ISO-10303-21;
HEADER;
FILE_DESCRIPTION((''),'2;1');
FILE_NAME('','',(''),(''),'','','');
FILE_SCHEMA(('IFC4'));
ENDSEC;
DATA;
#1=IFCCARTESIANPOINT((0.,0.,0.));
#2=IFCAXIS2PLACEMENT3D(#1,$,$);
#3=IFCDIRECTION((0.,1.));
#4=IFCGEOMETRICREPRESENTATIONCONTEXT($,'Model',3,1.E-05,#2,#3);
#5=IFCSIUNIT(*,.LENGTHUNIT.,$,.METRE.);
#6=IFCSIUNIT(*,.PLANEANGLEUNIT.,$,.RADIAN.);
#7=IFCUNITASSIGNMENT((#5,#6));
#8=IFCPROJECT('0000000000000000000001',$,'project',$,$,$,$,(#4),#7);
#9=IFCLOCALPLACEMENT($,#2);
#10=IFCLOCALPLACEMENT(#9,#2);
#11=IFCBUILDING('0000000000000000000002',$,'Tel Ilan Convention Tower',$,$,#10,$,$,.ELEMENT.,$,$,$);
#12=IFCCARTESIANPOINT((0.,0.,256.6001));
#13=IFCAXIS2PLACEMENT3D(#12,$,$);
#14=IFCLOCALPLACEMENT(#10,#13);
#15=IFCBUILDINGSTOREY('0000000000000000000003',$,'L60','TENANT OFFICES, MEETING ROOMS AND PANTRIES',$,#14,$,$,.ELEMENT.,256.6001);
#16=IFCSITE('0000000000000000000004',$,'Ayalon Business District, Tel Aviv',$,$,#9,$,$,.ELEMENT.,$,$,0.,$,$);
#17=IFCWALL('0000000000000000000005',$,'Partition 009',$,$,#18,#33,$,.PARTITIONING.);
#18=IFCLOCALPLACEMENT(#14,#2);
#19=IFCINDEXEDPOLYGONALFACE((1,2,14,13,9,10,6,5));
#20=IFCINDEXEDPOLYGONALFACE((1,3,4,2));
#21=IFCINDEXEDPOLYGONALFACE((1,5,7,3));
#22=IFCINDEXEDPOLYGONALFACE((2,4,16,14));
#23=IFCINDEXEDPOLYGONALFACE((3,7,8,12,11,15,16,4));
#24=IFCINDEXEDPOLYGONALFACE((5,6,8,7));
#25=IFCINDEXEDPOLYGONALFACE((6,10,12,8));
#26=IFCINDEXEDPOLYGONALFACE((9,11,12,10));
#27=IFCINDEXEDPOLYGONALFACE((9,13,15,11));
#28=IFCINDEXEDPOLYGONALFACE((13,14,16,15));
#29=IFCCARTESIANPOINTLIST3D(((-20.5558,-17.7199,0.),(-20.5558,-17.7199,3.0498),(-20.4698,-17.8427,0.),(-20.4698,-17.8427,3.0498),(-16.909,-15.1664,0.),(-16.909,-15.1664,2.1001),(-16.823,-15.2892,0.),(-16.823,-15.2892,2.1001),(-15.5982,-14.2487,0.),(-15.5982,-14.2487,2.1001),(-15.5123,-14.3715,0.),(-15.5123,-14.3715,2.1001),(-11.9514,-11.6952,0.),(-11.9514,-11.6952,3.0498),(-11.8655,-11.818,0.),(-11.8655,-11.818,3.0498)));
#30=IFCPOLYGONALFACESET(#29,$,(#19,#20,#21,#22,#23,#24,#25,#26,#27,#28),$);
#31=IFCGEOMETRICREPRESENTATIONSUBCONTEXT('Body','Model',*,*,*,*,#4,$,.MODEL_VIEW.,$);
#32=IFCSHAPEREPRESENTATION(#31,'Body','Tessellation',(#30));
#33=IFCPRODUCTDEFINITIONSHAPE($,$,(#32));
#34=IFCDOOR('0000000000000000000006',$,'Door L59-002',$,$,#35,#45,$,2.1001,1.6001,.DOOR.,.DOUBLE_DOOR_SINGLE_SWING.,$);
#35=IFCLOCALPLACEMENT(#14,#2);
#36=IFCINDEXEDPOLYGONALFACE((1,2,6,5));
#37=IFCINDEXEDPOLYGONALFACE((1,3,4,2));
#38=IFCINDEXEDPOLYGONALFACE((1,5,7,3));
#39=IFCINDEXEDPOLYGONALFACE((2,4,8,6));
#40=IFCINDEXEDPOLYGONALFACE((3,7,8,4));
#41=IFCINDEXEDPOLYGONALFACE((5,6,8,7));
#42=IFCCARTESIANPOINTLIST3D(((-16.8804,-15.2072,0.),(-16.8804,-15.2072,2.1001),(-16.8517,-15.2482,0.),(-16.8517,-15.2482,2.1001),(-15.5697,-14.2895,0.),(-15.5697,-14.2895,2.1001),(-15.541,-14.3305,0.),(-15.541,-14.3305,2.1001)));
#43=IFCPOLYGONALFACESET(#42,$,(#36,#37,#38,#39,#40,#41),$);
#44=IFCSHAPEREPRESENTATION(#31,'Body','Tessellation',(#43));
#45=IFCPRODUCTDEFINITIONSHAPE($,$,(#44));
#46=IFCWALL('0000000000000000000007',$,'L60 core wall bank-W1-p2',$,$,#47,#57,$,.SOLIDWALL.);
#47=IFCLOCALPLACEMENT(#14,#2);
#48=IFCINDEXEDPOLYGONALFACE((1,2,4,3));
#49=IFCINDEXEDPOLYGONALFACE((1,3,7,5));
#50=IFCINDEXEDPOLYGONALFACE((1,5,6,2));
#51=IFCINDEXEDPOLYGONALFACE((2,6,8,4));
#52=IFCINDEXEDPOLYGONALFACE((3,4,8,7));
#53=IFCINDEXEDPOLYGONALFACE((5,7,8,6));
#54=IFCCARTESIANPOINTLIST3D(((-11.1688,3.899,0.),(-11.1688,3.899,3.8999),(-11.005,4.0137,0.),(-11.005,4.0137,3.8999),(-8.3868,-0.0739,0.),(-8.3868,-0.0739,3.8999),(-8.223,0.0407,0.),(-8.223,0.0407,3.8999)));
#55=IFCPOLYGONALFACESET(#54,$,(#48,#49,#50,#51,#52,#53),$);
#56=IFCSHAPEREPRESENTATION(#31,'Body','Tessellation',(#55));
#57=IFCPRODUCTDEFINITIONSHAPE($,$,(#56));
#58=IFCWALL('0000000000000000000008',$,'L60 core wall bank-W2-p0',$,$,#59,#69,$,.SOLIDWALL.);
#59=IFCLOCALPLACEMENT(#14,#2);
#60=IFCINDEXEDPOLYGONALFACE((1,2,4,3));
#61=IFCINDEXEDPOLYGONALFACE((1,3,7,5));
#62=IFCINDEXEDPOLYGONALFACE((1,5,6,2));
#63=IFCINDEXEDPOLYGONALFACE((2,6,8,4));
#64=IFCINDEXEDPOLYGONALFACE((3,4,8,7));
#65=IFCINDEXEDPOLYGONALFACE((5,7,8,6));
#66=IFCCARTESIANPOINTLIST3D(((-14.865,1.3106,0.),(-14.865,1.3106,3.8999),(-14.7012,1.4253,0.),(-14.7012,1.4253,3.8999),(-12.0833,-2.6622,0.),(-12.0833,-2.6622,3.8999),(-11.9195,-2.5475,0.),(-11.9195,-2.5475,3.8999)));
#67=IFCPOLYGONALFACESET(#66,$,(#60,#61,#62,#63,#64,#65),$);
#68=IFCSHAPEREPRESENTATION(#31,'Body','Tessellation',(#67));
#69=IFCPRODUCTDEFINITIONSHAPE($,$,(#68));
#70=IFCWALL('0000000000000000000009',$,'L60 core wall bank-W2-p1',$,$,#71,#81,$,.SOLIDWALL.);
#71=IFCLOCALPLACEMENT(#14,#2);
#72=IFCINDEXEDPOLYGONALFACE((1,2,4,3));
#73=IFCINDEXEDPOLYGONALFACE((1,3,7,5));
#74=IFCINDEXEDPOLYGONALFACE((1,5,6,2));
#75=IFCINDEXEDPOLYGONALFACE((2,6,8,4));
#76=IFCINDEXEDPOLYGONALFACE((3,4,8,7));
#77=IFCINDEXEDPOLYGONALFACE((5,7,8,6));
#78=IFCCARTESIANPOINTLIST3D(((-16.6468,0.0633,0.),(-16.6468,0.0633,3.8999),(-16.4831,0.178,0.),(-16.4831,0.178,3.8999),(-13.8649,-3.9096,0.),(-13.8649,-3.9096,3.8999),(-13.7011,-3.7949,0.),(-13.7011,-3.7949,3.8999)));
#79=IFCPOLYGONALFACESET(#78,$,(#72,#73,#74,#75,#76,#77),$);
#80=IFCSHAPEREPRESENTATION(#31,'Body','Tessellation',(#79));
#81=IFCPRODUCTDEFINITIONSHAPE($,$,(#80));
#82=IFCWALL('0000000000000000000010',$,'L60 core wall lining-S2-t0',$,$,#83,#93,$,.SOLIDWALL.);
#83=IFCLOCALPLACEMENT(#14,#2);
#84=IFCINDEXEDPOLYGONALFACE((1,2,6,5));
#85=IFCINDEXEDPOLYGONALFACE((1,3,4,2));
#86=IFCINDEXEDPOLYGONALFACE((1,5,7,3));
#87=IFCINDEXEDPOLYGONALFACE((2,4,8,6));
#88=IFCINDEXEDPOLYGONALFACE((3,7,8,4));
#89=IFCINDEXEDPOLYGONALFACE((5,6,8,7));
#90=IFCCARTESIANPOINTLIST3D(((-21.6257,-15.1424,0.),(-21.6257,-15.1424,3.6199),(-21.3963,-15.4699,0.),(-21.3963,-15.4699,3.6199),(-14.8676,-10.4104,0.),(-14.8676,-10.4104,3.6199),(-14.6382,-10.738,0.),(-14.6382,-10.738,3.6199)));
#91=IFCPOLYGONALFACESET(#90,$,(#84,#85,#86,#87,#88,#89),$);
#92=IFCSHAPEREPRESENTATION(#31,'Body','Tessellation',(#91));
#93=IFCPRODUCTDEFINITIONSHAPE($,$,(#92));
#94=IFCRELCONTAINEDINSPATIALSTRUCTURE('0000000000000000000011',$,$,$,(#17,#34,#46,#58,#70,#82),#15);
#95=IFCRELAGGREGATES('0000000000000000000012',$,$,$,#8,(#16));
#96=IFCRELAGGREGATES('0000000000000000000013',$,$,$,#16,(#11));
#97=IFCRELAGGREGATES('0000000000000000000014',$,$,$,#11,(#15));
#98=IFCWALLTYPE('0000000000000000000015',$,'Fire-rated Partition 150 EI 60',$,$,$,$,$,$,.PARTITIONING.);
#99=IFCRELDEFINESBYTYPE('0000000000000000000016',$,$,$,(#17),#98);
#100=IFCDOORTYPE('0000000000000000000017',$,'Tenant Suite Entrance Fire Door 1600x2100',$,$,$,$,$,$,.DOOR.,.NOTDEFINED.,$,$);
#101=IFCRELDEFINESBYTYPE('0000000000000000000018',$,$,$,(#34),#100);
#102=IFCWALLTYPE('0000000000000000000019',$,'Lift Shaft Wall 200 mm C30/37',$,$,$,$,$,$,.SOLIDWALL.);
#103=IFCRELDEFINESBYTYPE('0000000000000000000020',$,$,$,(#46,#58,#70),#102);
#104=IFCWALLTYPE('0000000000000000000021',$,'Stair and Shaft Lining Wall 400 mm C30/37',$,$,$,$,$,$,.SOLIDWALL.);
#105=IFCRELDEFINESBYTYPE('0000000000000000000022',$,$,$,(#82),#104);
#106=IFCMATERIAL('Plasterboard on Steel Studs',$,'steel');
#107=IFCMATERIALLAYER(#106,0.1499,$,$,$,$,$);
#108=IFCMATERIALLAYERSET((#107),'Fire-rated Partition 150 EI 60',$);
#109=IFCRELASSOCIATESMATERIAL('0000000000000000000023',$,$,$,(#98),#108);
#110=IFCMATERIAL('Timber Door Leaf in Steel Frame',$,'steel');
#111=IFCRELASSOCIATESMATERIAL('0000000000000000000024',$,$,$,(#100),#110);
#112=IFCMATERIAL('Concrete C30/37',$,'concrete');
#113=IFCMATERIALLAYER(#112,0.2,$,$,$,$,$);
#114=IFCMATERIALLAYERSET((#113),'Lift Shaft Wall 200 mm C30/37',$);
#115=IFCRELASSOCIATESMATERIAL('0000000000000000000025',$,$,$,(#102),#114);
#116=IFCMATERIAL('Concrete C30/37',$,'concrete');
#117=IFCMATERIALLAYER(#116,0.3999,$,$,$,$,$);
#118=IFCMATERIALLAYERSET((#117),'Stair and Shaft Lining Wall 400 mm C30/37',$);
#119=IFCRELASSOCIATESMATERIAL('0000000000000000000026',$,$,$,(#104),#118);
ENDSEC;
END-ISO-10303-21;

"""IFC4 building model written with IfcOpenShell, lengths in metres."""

from ifc_helpers import new_model, si_unit, direction, frame, frame_2d, origin, place, context, subcontext, project, spatial, rectangle, extrude, material, layer, layer_set, type_object, element, fill, save


model = new_model("IFC4")

# Units and contexts
model_context = context("Model", 3, precision=1e-05, world=origin(), true_north=direction((0.0, 1.0)))
body_context = subcontext(model_context, "Body", "Model", "MODEL_VIEW")
ifc_project = project(units=[si_unit("LENGTHUNIT", "METRE"), si_unit("PLANEANGLEUNIT", "RADIAN")], contexts=[model_context])

# Site, building, storey
site_placement = place(None, origin())
site = spatial("IfcSite", under=ifc_project, at=site_placement, Name="Ayalon Business District, Tel Aviv", CompositionType="ELEMENT", RefElevation=0.0)
building_placement = place(site_placement, origin())
building = spatial("IfcBuilding", under=site, at=building_placement, Name="Tel Ilan Convention Tower", CompositionType="ELEMENT")
storey_placement = place(building_placement, frame((0.0, 0.0, 256.6001)))
storey = spatial("IfcBuildingStorey", under=building, at=storey_placement, Name="L60", Description="TENANT OFFICES, MEETING ROOMS AND PANTRIES", CompositionType="ELEMENT", Elevation=256.6001)

# Wall, opening, door
ifc_material_1 = material(Name="Plasterboard on Steel Studs", Category="steel")
ifc_layer_1 = layer(ifc_material_1, 0.1499)
ifc_layer_set_1 = layer_set([ifc_layer_1], Name="Fire-rated Partition 150 EI 60")
wall_type_1 = type_object("IfcWallType", Name="Fire-rated Partition 150 EI 60", PredefinedType="PARTITIONING", material=ifc_layer_set_1)
ifc_material_2 = material(Name="Timber Door Leaf in Steel Frame", Category="steel")
door_type_1 = type_object("IfcDoorType", Name="Tenant Suite Entrance Fire Door 1600x2100", OperationType="NOTDEFINED", PredefinedType="DOOR", material=ifc_material_2)
wall_1_placement = place(storey_placement, frame((-11.9084, -11.7566, 0.0), z_axis=(0.0, 0.0, 1.0), x_axis=(-0.819157, -0.57357, 0.0)))
wall_1 = element("IfcWall", 1, at=wall_1_placement, inside=storey, type_object=wall_type_1, Name="Partition 009", PredefinedType="PARTITIONING", context=body_context, shape_type="SweptSolid", body=[
    extrude(rectangle(XDim=10.5039, YDim=0.1499, at=frame_2d((5.252, 0.0))), origin(), (0.0, 0.0, 1.0), 3.0498),
])
opening_1_placement = place(wall_1_placement, frame((4.4519, 0.0, 0.0)))
opening_1 = element("IfcOpeningElement", 2, at=opening_1_placement, cuts=wall_1, PredefinedType="OPENING", context=body_context, shape_type="SweptSolid", body=[
    extrude(rectangle(XDim=1.6001, YDim=2.1001, at=frame_2d((0.8, 1.05))), frame((0.0, 0.085, 0.0), z_axis=(0.0, -1.0, 0.0), x_axis=(1.0, 0.0, 0.0)), (0.0, 0.0, 1.0), 0.1699),
])
door_1_placement = place(opening_1_placement, origin())
door_1 = element("IfcDoor", 3, at=door_1_placement, inside=storey, type_object=door_type_1, Name="Door L59-002", OperationType="DOUBLE_DOOR_SINGLE_SWING", OverallHeight=2.1001, OverallWidth=1.6001, PredefinedType="DOOR", context=body_context, shape_type="SweptSolid", body=[
    extrude(rectangle(XDim=1.6001, YDim=2.1001, at=frame_2d((0.8, 1.05))), frame((0.0, 0.0249, 0.0), z_axis=(0.0, -1.0, 0.0), x_axis=(1.0, 0.0, 0.0)), (0.0, 0.0, 1.0), 0.05),
])
fill(opening_1, door_1)

# Walls
ifc_material_3 = material(Name="Concrete C30/37", Category="concrete")
ifc_layer_2 = layer(ifc_material_3, 0.2)
ifc_layer_set_2 = layer_set([ifc_layer_2], Name="Lift Shaft Wall 200 mm C30/37")
wall_type_2 = type_object("IfcWallType", Name="Lift Shaft Wall 200 mm C30/37", PredefinedType="SOLIDWALL", material=ifc_layer_set_2)
wall_2_placement = place(storey_placement, frame((-8.3049, -0.0166, 0.0), z_axis=(0.0, 0.0, 1.0), x_axis=(-0.573594, 0.81914, 0.0)))
element("IfcWall", 4, at=wall_2_placement, inside=storey, type_object=wall_type_2, Name="L60 core wall bank-W1-p2", PredefinedType="SOLIDWALL", context=body_context, shape_type="SweptSolid", body=[
    extrude(rectangle(XDim=4.8501, YDim=0.2, at=frame_2d((2.425, 0.0))), origin(), (0.0, 0.0, 1.0), 3.8999),
])
wall_3_placement = place(storey_placement, frame((-12.0015, -2.6047, 0.0), z_axis=(0.0, 0.0, 1.0), x_axis=(-0.57356, 0.819163, 0.0)))
element("IfcWall", 5, at=wall_3_placement, inside=storey, type_object=wall_type_2, Name="L60 core wall bank-W2-p0", PredefinedType="SOLIDWALL", context=body_context, shape_type="SweptSolid", body=[
    extrude(rectangle(XDim=4.8499, YDim=0.2, at=frame_2d((2.4248, 0.0))), origin(), (0.0, 0.0, 1.0), 3.8999),
])
wall_4_placement = place(storey_placement, frame((-13.783, -3.8523, 0.0), z_axis=(0.0, 0.0, 1.0), x_axis=(-0.573594, 0.81914, 0.0)))
element("IfcWall", 6, at=wall_4_placement, inside=storey, type_object=wall_type_2, Name="L60 core wall bank-W2-p1", PredefinedType="SOLIDWALL", context=body_context, shape_type="SweptSolid", body=[
    extrude(rectangle(XDim=4.8501, YDim=0.2, at=frame_2d((2.425, 0.0))), origin(), (0.0, 0.0, 1.0), 3.8999),
])
ifc_material_4 = material(Name="Concrete C30/37", Category="concrete")
ifc_layer_3 = layer(ifc_material_4, 0.3999)
ifc_layer_set_3 = layer_set([ifc_layer_3], Name="Stair and Shaft Lining Wall 400 mm C30/37")
wall_type_3 = type_object("IfcWallType", Name="Stair and Shaft Lining Wall 400 mm C30/37", PredefinedType="SOLIDWALL", material=ifc_layer_set_3)
wall_5_placement = place(storey_placement, frame((-14.7529, -10.5742, 0.0), z_axis=(0.0, 0.0, 1.0), x_axis=(-0.819158, -0.573568, 0.0)))
element("IfcWall", 7, at=wall_5_placement, inside=storey, type_object=wall_type_3, Name="L60 core wall lining-S2-t0", PredefinedType="SOLIDWALL", context=body_context, shape_type="SweptSolid", body=[
    extrude(rectangle(XDim=8.25, YDim=0.3999, at=frame_2d((4.125, 0.0))), origin(), (0.0, 0.0, 1.0), 3.6199),
])

save(model, "model.ifc")
